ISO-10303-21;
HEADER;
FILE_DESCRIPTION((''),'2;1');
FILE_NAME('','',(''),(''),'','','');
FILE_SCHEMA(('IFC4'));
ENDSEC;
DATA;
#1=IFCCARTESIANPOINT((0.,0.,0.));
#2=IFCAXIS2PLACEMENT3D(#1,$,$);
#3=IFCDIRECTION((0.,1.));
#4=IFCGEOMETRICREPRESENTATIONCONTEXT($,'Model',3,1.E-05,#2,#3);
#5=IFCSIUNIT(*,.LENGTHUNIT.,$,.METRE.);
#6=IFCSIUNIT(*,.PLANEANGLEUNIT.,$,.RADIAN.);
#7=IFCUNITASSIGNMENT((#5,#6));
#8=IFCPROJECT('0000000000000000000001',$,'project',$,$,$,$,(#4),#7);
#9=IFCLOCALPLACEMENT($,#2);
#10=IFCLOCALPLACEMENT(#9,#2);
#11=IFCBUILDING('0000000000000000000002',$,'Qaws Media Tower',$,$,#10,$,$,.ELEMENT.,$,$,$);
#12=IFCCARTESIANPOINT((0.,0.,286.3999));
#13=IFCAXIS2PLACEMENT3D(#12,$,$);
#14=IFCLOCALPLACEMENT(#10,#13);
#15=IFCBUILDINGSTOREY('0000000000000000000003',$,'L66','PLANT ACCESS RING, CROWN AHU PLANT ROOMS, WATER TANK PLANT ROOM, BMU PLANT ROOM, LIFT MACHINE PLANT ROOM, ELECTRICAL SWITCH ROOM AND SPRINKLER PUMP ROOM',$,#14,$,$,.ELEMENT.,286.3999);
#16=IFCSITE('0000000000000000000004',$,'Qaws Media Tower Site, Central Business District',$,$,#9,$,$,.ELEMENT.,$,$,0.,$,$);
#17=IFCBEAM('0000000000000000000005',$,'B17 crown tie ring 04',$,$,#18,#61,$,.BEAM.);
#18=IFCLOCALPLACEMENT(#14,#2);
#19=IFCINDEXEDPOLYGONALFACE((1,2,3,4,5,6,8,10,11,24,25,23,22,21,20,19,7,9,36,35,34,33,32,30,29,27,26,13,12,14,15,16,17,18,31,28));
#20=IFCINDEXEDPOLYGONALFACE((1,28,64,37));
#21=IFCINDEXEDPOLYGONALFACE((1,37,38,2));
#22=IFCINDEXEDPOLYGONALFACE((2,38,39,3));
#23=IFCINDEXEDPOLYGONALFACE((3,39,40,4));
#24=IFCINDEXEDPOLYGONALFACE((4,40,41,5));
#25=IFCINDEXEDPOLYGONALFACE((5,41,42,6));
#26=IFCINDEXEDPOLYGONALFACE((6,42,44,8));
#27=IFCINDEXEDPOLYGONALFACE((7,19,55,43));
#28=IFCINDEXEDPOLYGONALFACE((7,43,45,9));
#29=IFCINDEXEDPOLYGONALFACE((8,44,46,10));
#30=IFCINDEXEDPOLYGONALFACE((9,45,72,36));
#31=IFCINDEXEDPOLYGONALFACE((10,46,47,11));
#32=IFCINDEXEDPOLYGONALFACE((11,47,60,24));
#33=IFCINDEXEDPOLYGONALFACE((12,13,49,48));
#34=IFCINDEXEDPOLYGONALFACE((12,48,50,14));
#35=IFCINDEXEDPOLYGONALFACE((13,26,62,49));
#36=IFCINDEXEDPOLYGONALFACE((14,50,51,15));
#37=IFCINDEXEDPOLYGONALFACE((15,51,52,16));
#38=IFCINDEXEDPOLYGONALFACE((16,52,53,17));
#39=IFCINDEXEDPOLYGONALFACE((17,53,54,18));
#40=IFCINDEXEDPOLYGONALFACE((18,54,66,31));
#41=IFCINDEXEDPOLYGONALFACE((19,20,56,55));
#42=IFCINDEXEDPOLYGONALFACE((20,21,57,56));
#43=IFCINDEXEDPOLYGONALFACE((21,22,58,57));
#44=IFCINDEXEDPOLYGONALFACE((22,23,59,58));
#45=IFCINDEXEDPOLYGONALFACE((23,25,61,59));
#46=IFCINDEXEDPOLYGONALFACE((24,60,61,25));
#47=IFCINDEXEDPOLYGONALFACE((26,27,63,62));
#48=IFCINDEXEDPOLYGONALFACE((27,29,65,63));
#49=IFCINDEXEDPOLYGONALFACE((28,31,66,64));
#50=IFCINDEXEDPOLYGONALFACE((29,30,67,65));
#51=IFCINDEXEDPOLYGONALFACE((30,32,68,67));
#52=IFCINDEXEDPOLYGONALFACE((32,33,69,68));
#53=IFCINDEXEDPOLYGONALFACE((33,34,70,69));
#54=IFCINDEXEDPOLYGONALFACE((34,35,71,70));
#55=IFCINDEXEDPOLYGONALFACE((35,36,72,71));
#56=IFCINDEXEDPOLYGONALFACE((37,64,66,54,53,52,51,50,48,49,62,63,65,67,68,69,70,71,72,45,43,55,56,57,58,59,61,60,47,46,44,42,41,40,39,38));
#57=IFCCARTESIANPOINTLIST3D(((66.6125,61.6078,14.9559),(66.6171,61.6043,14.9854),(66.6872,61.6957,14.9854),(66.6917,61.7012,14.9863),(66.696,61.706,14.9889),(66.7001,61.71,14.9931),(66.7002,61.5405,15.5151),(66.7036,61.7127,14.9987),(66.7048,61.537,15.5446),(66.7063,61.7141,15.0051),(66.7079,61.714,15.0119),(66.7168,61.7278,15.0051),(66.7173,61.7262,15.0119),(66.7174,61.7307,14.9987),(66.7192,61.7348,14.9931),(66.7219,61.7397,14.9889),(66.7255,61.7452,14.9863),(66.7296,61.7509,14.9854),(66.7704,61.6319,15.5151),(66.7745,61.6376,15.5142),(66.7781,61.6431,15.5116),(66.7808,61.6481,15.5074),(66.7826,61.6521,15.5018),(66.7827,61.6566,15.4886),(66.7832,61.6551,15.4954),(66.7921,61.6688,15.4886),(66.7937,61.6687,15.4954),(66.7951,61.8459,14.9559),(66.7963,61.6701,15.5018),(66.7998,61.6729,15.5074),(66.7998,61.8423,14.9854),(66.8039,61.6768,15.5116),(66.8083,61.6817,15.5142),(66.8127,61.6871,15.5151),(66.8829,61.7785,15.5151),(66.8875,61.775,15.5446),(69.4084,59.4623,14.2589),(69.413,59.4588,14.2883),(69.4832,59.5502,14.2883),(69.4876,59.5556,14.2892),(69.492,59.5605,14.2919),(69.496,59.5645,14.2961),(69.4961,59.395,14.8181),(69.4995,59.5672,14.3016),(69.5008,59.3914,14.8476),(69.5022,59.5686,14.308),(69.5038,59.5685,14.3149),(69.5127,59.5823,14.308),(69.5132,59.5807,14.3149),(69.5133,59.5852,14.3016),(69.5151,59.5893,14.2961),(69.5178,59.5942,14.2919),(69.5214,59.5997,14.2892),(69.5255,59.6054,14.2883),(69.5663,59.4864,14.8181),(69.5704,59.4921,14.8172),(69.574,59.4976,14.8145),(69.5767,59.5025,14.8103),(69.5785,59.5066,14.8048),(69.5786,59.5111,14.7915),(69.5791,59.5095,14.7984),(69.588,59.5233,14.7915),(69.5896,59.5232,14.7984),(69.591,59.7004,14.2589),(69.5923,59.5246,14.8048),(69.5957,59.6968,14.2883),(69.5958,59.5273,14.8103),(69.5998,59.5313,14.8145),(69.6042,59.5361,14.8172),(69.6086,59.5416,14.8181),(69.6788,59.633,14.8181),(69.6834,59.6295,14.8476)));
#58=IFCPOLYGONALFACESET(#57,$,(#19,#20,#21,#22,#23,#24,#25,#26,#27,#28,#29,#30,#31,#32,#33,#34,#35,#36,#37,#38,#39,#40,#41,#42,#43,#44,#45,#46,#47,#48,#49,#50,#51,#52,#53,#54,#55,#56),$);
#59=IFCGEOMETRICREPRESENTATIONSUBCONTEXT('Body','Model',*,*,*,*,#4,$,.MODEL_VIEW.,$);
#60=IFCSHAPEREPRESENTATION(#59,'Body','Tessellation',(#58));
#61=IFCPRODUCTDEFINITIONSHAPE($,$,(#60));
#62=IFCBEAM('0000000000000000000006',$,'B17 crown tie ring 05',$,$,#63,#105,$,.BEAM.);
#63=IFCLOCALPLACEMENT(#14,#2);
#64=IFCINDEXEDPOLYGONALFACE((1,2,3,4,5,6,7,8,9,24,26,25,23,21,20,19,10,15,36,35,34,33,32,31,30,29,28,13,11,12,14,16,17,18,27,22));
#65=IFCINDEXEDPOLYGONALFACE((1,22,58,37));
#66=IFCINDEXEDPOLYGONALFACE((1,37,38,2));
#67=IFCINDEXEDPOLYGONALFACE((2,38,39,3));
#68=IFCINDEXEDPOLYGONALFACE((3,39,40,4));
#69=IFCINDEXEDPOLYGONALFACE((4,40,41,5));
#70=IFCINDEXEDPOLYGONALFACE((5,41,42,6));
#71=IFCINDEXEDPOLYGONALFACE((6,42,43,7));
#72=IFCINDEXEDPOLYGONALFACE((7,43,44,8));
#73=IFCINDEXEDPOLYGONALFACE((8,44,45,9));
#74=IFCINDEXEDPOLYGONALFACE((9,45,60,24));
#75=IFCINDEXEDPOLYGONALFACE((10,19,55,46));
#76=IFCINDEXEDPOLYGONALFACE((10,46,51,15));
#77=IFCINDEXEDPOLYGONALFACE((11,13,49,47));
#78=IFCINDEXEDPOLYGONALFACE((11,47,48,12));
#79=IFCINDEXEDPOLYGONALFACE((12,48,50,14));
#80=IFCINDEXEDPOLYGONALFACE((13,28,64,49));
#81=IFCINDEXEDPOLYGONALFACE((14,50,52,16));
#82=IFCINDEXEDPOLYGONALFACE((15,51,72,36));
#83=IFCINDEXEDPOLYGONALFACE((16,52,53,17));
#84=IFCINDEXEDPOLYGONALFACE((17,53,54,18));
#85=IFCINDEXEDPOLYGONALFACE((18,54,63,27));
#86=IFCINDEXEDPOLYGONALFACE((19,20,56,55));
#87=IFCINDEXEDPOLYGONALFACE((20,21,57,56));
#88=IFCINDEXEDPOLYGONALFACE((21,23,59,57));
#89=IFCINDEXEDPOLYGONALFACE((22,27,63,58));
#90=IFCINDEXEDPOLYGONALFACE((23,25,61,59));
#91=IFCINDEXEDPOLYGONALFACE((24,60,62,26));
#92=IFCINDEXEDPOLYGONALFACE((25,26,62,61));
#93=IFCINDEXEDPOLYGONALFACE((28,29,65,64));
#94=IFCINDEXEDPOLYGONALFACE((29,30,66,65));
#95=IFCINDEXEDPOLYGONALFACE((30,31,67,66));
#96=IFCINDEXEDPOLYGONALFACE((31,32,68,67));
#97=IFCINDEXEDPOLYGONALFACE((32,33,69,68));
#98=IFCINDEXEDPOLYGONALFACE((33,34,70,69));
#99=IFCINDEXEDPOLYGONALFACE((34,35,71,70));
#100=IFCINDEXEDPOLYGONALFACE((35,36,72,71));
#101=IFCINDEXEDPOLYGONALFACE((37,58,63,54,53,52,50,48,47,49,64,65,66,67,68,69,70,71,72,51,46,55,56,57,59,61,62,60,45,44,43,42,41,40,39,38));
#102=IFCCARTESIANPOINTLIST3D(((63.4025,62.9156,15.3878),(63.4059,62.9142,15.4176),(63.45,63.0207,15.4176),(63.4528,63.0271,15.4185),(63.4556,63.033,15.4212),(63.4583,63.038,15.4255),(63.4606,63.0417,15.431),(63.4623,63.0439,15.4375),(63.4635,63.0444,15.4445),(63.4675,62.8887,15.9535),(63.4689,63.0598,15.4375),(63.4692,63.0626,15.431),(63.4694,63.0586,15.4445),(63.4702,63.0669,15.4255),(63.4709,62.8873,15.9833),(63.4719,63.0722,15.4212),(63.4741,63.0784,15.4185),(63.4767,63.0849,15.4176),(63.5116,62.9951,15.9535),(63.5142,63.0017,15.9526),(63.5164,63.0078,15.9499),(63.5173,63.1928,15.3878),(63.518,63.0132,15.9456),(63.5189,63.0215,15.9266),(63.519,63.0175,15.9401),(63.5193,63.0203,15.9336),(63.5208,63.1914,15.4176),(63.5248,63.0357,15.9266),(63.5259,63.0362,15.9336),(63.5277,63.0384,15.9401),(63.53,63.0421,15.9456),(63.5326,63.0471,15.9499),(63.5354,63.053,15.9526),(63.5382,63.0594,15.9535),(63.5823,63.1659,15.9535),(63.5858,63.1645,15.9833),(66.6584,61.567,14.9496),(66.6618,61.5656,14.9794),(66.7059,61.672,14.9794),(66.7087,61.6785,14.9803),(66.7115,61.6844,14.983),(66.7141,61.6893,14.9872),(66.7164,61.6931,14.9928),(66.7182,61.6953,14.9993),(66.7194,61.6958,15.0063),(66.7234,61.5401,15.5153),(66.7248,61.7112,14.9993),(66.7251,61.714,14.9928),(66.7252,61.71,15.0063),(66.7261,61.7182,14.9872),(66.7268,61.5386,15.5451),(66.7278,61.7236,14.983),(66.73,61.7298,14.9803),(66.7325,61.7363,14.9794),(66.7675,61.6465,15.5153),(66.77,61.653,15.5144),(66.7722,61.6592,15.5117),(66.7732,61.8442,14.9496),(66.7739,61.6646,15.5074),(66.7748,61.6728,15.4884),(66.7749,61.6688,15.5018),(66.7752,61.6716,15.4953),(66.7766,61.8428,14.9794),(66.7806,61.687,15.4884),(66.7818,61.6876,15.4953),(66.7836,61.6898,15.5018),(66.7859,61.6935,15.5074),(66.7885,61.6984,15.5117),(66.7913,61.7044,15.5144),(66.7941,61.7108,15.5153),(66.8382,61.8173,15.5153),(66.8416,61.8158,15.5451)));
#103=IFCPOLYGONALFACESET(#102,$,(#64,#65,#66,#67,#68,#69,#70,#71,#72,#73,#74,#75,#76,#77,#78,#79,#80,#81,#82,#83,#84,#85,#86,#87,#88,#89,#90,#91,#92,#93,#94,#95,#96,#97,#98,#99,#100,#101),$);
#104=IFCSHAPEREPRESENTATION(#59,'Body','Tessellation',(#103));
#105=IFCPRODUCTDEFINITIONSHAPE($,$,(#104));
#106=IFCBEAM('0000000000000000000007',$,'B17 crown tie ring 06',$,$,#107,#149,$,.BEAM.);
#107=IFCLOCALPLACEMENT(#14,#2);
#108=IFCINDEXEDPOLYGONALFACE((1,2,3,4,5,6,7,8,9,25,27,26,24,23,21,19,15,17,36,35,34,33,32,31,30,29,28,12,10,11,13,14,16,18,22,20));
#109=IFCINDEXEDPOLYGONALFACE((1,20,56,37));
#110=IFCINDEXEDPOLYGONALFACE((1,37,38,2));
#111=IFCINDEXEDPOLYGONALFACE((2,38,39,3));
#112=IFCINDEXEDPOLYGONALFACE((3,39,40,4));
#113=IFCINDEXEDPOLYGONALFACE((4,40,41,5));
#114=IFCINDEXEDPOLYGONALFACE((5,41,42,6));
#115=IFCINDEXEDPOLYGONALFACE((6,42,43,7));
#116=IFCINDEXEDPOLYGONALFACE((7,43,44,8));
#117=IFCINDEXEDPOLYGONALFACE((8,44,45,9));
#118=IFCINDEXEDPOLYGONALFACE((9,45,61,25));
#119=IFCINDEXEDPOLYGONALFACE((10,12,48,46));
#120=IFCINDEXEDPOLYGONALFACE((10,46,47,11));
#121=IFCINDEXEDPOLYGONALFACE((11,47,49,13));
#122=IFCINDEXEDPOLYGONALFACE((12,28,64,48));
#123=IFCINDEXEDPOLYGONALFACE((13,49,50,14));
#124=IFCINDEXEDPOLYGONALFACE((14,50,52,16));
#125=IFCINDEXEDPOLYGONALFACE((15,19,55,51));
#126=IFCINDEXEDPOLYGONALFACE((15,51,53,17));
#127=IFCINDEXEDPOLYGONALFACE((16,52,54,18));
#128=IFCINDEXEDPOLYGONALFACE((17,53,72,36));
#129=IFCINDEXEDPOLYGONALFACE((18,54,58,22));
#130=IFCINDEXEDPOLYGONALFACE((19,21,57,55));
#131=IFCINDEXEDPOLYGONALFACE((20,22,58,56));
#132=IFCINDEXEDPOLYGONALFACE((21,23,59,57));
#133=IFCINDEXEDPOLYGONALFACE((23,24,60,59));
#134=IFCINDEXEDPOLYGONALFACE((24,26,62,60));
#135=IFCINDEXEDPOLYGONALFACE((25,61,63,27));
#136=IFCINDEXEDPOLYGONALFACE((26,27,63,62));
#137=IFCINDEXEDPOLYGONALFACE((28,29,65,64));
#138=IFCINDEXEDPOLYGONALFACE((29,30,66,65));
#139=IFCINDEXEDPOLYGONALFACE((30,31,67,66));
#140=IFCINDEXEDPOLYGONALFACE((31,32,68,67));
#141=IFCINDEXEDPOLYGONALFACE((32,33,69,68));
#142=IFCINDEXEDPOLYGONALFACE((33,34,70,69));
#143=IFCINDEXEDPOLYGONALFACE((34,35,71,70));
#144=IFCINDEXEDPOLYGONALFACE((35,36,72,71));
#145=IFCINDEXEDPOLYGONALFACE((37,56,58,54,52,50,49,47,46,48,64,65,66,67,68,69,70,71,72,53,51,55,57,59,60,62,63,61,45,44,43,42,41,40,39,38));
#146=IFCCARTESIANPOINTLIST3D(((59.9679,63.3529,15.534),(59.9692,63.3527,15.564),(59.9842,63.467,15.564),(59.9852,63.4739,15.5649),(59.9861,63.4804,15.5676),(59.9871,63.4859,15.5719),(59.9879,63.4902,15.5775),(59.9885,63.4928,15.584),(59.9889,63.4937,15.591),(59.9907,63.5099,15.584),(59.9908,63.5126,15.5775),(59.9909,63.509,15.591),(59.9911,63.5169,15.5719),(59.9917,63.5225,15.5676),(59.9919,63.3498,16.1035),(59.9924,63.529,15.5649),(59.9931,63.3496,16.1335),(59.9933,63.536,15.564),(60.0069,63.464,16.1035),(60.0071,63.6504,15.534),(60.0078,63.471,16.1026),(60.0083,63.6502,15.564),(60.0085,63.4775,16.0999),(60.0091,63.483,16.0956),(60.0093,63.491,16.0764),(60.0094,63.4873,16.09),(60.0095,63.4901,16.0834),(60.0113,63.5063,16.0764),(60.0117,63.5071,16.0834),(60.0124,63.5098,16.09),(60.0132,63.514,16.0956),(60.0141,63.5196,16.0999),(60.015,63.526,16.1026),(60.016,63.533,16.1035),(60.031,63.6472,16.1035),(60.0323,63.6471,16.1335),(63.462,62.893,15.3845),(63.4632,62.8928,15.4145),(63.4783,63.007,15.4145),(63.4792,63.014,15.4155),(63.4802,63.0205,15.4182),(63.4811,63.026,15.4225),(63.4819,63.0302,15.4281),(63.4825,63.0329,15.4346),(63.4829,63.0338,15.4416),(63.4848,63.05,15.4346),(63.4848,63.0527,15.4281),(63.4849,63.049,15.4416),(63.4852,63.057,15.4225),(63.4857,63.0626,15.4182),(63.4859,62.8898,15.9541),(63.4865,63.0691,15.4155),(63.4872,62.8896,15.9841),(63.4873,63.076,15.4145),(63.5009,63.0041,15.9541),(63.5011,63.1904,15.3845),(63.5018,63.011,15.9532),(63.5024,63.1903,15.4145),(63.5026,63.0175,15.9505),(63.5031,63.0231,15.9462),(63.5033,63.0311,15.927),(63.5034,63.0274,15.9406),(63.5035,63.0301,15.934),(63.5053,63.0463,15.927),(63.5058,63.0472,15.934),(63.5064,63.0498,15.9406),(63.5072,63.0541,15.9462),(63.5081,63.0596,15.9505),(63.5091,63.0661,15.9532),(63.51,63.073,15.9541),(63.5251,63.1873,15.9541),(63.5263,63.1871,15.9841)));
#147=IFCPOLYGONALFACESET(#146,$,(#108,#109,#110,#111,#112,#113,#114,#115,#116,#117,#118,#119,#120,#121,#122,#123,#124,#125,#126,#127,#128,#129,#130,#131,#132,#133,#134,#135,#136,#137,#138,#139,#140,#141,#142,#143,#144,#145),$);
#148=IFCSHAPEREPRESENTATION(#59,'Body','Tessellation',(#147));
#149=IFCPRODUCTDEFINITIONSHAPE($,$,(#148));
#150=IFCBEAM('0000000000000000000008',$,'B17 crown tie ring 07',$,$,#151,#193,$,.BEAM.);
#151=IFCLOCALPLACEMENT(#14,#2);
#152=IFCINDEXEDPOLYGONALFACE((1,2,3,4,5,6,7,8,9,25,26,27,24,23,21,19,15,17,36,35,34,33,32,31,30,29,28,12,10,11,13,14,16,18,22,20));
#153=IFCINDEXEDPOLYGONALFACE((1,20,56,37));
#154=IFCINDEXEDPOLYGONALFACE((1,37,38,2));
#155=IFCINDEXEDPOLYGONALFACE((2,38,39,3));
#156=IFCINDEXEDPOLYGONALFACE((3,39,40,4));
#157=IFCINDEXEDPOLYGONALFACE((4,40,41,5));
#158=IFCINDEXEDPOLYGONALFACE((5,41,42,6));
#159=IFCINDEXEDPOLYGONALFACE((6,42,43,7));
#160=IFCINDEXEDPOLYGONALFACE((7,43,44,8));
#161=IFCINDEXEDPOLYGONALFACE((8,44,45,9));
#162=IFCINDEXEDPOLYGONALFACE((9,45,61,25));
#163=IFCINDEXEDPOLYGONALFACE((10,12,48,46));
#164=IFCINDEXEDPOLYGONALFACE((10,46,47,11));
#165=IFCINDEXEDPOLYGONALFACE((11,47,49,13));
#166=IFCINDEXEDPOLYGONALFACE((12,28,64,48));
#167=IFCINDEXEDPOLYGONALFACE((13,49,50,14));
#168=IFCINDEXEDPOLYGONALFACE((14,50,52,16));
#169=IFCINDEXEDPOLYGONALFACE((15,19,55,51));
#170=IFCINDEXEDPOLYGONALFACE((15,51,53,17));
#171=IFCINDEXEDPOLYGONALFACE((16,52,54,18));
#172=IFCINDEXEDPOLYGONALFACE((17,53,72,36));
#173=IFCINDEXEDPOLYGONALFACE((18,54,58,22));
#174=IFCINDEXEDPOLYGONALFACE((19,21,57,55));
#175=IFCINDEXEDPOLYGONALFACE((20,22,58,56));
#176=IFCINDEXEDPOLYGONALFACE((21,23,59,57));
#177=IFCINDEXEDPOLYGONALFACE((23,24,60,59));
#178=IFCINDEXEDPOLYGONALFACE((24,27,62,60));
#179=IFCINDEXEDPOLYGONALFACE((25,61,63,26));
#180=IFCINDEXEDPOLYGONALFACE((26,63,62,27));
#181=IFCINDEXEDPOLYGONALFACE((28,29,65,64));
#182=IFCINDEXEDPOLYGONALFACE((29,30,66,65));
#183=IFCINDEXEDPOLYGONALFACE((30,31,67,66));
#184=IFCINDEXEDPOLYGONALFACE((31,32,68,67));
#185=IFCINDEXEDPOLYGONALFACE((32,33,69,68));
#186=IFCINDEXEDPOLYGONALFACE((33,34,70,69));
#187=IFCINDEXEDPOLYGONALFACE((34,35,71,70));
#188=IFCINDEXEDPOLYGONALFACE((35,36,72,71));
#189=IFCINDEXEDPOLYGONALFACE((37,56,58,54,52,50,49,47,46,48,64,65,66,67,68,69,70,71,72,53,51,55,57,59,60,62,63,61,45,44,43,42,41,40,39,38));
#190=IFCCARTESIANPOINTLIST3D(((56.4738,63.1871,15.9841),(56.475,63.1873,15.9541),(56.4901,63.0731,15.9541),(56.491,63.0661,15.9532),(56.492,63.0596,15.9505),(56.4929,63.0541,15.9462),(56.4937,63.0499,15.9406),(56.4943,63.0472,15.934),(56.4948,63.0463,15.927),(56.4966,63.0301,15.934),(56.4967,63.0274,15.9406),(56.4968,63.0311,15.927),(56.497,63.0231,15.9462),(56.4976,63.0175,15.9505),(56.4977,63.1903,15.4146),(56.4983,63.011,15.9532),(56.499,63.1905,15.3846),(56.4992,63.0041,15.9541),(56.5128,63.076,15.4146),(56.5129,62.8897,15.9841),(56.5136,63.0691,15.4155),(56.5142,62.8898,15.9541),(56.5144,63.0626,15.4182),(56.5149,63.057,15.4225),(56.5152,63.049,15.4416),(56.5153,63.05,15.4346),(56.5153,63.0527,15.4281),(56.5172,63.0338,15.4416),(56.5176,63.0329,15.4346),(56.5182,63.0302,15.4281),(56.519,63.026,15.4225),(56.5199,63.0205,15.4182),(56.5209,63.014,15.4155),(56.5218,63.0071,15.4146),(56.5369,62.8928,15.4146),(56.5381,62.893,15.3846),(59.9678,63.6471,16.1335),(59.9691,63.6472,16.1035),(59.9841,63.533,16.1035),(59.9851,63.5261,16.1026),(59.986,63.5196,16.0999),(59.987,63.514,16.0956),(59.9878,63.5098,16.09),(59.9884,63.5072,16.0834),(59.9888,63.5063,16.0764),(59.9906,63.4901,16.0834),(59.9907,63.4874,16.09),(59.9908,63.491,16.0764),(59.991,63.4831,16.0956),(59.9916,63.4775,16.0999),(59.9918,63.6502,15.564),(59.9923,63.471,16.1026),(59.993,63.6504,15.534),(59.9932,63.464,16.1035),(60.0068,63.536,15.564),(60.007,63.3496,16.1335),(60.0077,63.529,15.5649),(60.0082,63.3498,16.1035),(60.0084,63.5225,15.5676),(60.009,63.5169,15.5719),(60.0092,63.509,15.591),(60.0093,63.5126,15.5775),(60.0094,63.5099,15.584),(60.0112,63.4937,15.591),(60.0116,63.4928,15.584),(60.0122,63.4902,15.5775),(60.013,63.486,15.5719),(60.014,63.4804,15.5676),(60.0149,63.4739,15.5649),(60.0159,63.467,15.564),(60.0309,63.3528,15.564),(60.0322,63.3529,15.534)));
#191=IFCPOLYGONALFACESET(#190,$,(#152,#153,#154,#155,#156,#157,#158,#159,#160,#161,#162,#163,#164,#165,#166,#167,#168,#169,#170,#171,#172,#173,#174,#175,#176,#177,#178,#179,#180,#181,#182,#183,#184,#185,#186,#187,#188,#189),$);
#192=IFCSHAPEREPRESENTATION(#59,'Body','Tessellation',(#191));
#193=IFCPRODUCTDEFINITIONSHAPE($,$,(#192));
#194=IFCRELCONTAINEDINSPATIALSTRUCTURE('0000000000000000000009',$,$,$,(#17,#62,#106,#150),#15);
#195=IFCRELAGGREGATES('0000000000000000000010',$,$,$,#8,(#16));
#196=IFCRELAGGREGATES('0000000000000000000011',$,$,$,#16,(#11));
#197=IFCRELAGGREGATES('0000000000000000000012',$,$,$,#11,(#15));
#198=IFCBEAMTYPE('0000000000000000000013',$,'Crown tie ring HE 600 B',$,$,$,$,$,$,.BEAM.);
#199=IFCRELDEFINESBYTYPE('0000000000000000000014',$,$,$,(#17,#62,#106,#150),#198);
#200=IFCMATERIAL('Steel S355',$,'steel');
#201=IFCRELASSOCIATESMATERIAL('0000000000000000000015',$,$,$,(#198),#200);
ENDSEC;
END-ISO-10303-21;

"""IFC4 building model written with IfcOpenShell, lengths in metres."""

from ifc_helpers import new_model, si_unit, direction, frame, origin, origin_2d, place, context, subcontext, project, spatial, i_section, extrude, material, material_profile, profile_set, type_object, element, save


model = new_model("IFC4")

# Units and contexts
model_context = context("Model", 3, precision=1e-05, world=origin(), true_north=direction((0.0, 1.0)))
body_context = subcontext(model_context, "Body", "Model", "MODEL_VIEW")
ifc_project = project(units=[si_unit("LENGTHUNIT", "METRE"), si_unit("PLANEANGLEUNIT", "RADIAN")], contexts=[model_context])

# Site, building, storey
site_placement = place(None, origin())
site = spatial("IfcSite", under=ifc_project, at=site_placement, Name="Qaws Media Tower Site, Central Business District", CompositionType="ELEMENT", RefElevation=0.0)
building_placement = place(site_placement, origin())
building = spatial("IfcBuilding", under=site, at=building_placement, Name="Qaws Media Tower", CompositionType="ELEMENT")
storey_placement = place(building_placement, frame((0.0, 0.0, 286.3999)))
storey = spatial("IfcBuildingStorey", under=building, at=storey_placement, Name="L66", Description="PLANT ACCESS RING, CROWN AHU PLANT ROOMS, WATER TANK PLANT ROOM, BMU PLANT ROOM, LIFT MACHINE PLANT ROOM, ELECTRICAL SWITCH ROOM AND SPRINKLER PUMP ROOM", CompositionType="ELEMENT", Elevation=286.3999)

# Beams
ifc_material_1 = material(Name="Steel S355", Category="steel")
ifc_material_profile_1 = material_profile(ifc_material_1, i_section(OverallWidth=0.3, OverallDepth=0.6001, WebThickness=0.0154, FlangeThickness=0.03, FilletRadius=0.0271, at=origin_2d()), Name="HE 600 B")
ifc_profile_set_1 = profile_set([ifc_material_profile_1], Name="Steel S355")
beam_type_1 = type_object("IfcBeamType", Name="Crown tie ring HE 600 B", PredefinedType="BEAM", material=ifc_profile_set_1)
beam_1_placement = place(storey_placement, frame((69.5459, 59.5459, 14.5532), z_axis=(-0.778259, 0.597218, 0.194021), x_axis=(-0.608786, -0.793334, 0.0)))
element("IfcBeam", 1, at=beam_1_placement, inside=storey, type_object=beam_type_1, Name="B17 crown tie ring 04", PredefinedType="BEAM", context=body_context, shape_type="SweptSolid", body=[
    extrude(i_section(OverallWidth=0.3, OverallDepth=0.6001, WebThickness=0.0154, FlangeThickness=0.03, FilletRadius=0.0271, at=origin_2d()), origin(), (0.0, 0.0, 1.0), 3.5925),
])
beam_2_placement = place(storey_placement, frame((66.75, 61.6914, 15.2473), z_axis=(-0.916817, 0.379761, 0.123402), x_axis=(-0.382686, -0.923878, 0.0)))
element("IfcBeam", 2, at=beam_2_placement, inside=storey, type_object=beam_type_1, Name="B17 crown tie ring 05", PredefinedType="BEAM", context=body_context, shape_type="SweptSolid", body=[
    extrude(i_section(OverallWidth=0.3, OverallDepth=0.6001, WebThickness=0.0154, FlangeThickness=0.03, FilletRadius=0.0271, at=origin_2d()), origin(), (0.0, 0.0, 1.0), 3.5513),
])
for number, where, z_axis, x_axis, name in (
    (3, (63.4941, 63.04, 15.6843), (-0.990557, 0.130395, 0.042358), (-0.130512, -0.991447, 0.0), "B17 crown tie ring 06"),
    (4, (60.0, 63.5, 15.8337), (-0.990557, -0.130395, -0.042358), (0.130512, -0.991447, 0.0), "B17 crown tie ring 07"),
):
    element("IfcBeam", number, at=place(storey_placement, frame(where, z_axis=z_axis, x_axis=x_axis)), inside=storey, type_object=beam_type_1, Name=name, PredefinedType="BEAM", context=body_context, shape_type="SweptSolid", body=[
        extrude(i_section(OverallWidth=0.3, OverallDepth=0.6001, WebThickness=0.0154, FlangeThickness=0.03, FilletRadius=0.0271, at=origin_2d()), origin(), (0.0, 0.0, 1.0), 3.5273),
    ])

save(model, "model.ifc")
